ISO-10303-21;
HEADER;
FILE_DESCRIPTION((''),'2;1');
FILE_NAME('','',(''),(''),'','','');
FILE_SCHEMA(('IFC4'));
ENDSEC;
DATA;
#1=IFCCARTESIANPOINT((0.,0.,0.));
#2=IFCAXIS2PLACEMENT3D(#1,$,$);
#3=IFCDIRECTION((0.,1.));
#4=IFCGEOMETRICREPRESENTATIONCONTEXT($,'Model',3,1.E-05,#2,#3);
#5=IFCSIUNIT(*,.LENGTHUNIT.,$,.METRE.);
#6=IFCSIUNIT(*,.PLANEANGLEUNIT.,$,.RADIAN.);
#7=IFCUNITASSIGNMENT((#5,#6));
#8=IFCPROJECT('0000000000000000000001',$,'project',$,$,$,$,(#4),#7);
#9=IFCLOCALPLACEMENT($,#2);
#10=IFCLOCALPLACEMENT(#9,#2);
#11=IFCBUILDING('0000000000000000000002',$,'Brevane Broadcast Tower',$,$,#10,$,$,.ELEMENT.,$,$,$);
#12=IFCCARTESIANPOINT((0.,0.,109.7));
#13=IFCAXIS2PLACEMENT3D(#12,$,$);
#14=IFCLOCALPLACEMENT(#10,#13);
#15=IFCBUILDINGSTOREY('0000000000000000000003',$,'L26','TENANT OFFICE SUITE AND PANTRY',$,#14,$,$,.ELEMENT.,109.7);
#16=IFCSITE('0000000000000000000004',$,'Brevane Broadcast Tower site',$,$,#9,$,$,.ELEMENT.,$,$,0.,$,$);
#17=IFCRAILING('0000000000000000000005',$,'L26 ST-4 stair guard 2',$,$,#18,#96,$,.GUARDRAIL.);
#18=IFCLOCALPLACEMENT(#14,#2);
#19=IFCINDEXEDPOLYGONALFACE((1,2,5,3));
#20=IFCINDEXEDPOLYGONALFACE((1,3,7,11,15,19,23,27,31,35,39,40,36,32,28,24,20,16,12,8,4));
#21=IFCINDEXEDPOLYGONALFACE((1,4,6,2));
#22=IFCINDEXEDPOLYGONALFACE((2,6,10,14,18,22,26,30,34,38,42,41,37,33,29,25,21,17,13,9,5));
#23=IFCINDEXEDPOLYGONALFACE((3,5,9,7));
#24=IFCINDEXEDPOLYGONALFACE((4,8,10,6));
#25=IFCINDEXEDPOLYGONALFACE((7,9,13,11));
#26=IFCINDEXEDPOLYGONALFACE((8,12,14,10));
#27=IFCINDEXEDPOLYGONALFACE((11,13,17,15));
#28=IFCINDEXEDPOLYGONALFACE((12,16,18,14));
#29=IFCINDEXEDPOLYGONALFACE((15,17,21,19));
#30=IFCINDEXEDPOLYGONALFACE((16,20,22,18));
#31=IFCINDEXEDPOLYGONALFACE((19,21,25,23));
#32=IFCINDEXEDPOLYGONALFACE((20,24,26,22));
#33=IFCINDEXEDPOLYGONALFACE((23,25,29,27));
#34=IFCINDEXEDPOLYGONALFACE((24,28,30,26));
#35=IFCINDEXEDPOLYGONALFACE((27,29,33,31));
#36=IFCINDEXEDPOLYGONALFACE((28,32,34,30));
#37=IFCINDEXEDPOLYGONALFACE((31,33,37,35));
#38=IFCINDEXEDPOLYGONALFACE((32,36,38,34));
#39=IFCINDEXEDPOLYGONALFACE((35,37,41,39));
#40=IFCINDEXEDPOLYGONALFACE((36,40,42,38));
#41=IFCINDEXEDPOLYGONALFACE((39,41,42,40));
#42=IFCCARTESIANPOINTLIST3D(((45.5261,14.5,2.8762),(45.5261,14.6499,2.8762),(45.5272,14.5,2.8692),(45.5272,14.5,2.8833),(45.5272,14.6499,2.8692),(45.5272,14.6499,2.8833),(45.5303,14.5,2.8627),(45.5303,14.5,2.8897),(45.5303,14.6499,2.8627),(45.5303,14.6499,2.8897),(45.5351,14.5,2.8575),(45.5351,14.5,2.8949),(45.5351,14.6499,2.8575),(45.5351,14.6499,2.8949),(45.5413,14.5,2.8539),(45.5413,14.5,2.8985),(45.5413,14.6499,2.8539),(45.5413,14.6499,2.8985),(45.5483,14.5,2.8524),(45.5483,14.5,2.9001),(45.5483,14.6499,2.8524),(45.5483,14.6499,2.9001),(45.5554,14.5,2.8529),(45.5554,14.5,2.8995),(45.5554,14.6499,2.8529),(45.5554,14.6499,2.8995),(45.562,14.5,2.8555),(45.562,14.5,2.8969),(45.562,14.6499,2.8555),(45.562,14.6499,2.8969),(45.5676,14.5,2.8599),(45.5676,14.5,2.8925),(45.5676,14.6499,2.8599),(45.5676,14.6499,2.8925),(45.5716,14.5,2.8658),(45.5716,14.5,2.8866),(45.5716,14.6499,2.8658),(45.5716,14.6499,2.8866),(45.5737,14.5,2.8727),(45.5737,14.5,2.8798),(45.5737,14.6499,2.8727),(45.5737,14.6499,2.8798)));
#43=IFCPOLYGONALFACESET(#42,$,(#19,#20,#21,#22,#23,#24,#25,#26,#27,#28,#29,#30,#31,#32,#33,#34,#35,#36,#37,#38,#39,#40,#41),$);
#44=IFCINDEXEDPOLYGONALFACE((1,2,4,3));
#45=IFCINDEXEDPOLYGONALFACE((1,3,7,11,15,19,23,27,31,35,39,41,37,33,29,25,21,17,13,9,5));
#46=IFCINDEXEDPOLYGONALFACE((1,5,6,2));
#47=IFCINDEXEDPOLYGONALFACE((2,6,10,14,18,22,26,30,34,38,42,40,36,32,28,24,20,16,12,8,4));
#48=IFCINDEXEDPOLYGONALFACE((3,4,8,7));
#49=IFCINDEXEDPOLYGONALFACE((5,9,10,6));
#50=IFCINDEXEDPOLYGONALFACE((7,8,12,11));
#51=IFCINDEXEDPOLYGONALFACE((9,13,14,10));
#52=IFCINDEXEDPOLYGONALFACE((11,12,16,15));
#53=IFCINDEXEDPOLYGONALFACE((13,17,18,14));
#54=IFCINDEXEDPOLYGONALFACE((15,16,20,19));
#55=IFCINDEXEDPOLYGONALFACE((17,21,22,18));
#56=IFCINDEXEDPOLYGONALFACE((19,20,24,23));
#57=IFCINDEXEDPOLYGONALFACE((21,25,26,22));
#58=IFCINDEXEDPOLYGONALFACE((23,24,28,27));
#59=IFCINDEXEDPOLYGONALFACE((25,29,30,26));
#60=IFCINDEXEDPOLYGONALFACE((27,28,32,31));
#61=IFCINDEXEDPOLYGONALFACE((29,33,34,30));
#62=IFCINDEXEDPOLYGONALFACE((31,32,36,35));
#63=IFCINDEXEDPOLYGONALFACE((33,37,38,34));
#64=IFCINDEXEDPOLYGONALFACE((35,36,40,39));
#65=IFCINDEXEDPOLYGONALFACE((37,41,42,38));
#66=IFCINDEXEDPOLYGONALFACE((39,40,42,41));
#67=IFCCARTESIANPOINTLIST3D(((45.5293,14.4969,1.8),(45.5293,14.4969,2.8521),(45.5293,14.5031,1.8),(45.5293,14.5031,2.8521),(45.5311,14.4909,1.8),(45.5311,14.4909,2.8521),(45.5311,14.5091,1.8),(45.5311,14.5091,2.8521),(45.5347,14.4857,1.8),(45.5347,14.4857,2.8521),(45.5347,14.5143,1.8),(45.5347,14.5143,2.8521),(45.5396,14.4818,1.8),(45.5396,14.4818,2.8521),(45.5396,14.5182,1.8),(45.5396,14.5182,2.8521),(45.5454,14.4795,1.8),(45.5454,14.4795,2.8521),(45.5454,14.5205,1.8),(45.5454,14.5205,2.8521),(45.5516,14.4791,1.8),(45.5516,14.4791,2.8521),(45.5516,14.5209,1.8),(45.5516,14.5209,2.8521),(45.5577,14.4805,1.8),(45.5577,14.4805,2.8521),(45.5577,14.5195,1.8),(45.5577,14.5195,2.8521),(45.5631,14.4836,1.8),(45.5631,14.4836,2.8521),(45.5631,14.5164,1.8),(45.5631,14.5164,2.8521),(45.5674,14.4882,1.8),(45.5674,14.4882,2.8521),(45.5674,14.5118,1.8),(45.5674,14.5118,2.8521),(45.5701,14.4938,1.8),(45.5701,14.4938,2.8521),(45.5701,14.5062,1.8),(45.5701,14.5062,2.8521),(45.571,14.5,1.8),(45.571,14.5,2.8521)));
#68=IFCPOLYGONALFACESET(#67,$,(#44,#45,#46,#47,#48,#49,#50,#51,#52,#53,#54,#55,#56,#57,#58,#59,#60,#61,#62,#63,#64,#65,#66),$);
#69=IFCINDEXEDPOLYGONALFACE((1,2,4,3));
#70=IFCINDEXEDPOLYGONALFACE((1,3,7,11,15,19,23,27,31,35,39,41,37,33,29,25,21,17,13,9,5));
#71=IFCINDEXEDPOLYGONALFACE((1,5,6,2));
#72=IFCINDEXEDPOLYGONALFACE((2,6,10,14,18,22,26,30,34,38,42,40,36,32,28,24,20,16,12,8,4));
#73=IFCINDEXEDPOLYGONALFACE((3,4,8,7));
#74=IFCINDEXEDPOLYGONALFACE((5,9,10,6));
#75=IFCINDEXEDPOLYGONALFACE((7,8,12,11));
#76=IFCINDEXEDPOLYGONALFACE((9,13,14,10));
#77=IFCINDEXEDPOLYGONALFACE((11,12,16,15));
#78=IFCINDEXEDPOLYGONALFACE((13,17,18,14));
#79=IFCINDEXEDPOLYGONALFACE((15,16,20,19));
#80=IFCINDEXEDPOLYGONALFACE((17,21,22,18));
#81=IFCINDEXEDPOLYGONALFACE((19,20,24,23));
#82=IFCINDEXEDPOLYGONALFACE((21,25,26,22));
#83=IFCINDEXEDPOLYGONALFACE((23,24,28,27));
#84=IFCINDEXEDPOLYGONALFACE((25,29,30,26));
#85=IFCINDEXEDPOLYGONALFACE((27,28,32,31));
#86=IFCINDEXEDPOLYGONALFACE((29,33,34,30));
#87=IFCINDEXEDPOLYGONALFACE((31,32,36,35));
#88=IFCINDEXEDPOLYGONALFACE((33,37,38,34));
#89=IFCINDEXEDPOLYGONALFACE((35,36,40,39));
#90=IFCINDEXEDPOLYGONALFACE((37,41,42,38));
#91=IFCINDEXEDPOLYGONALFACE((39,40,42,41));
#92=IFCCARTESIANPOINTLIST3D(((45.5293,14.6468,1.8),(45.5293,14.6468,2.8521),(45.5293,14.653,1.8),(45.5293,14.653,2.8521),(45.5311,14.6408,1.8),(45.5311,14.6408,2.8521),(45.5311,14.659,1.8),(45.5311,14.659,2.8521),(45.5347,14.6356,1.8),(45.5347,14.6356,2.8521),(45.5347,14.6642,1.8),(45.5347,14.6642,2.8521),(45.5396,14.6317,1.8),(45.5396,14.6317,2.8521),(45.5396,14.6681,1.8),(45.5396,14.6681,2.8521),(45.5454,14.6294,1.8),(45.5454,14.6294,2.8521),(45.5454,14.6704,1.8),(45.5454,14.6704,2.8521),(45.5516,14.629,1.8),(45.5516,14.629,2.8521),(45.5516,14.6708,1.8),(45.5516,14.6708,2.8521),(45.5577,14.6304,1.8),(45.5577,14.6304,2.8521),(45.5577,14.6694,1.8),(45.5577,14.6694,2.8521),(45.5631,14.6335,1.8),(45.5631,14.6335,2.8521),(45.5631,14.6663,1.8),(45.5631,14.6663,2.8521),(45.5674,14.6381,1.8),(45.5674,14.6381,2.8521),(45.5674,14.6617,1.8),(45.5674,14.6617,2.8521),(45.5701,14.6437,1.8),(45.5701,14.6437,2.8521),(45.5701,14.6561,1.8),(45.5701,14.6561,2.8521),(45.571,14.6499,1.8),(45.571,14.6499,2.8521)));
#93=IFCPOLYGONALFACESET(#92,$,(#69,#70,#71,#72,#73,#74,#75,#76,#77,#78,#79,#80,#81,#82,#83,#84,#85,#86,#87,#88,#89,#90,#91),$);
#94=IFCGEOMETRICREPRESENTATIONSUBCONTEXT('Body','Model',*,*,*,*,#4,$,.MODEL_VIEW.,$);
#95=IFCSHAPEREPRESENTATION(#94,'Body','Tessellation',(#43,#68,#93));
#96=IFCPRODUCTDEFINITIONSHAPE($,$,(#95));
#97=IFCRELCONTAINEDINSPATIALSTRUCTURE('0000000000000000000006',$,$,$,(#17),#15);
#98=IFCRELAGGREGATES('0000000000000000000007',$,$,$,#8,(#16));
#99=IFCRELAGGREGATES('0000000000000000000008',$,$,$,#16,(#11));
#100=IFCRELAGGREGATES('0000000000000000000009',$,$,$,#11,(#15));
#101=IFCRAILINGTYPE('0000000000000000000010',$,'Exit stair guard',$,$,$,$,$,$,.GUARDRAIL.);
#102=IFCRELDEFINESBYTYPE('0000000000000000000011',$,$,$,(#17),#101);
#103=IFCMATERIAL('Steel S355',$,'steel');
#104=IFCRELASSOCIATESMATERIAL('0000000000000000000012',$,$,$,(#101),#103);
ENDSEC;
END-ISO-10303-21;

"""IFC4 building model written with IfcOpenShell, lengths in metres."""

from ifc_helpers import new_model, si_unit, direction, frame, origin, origin_2d, place, context, subcontext, project, spatial, circle, extrude, material, type_object, element, save


model = new_model("IFC4")

# Units and contexts
model_context = context("Model", 3, precision=1e-05, world=origin(), true_north=direction((0.0, 1.0)))
body_context = subcontext(model_context, "Body", "Model", "MODEL_VIEW")
ifc_project = project(units=[si_unit("LENGTHUNIT", "METRE"), si_unit("PLANEANGLEUNIT", "RADIAN")], contexts=[model_context])

# Site, building, storey
site_placement = place(None, origin())
site = spatial("IfcSite", under=ifc_project, at=site_placement, Name="Brevane Broadcast Tower site", CompositionType="ELEMENT", RefElevation=0.0)
building_placement = place(site_placement, origin())
building = spatial("IfcBuilding", under=site, at=building_placement, Name="Brevane Broadcast Tower", CompositionType="ELEMENT")
storey_placement = place(building_placement, frame((0.0, 0.0, 109.7)))
storey = spatial("IfcBuildingStorey", under=building, at=storey_placement, Name="L26", Description="TENANT OFFICE SUITE AND PANTRY", CompositionType="ELEMENT", Elevation=109.7)

# Railing
ifc_material_1 = material(Name="Steel S355", Category="steel")
railing_type_1 = type_object("IfcRailingType", Name="Exit stair guard", PredefinedType="GUARDRAIL", material=ifc_material_1)
railing_1_placement = place(storey_placement, frame((45.55, 14.5, 1.8)))
element("IfcRailing", 1, at=railing_1_placement, inside=storey, type_object=railing_type_1, Name="L26 ST-4 stair guard 2", PredefinedType="GUARDRAIL", context=body_context, shape_type="SweptSolid", body=[
    extrude(circle(Radius=0.0239, at=origin_2d()), frame((0.0, 0.0, 1.0762), z_axis=(0.0, 1.0, 0.0), x_axis=(-1.0, 0.0, 0.0)), (0.0, 0.0, 1.0), 0.1499),
    extrude(circle(Radius=0.021, at=origin_2d()), origin(), (0.0, 0.0, 1.0), 1.052),
    extrude(circle(Radius=0.021, at=origin_2d()), frame((0.0, 0.1499, 0.0)), (0.0, 0.0, 1.0), 1.052),
])

save(model, "model.ifc")
